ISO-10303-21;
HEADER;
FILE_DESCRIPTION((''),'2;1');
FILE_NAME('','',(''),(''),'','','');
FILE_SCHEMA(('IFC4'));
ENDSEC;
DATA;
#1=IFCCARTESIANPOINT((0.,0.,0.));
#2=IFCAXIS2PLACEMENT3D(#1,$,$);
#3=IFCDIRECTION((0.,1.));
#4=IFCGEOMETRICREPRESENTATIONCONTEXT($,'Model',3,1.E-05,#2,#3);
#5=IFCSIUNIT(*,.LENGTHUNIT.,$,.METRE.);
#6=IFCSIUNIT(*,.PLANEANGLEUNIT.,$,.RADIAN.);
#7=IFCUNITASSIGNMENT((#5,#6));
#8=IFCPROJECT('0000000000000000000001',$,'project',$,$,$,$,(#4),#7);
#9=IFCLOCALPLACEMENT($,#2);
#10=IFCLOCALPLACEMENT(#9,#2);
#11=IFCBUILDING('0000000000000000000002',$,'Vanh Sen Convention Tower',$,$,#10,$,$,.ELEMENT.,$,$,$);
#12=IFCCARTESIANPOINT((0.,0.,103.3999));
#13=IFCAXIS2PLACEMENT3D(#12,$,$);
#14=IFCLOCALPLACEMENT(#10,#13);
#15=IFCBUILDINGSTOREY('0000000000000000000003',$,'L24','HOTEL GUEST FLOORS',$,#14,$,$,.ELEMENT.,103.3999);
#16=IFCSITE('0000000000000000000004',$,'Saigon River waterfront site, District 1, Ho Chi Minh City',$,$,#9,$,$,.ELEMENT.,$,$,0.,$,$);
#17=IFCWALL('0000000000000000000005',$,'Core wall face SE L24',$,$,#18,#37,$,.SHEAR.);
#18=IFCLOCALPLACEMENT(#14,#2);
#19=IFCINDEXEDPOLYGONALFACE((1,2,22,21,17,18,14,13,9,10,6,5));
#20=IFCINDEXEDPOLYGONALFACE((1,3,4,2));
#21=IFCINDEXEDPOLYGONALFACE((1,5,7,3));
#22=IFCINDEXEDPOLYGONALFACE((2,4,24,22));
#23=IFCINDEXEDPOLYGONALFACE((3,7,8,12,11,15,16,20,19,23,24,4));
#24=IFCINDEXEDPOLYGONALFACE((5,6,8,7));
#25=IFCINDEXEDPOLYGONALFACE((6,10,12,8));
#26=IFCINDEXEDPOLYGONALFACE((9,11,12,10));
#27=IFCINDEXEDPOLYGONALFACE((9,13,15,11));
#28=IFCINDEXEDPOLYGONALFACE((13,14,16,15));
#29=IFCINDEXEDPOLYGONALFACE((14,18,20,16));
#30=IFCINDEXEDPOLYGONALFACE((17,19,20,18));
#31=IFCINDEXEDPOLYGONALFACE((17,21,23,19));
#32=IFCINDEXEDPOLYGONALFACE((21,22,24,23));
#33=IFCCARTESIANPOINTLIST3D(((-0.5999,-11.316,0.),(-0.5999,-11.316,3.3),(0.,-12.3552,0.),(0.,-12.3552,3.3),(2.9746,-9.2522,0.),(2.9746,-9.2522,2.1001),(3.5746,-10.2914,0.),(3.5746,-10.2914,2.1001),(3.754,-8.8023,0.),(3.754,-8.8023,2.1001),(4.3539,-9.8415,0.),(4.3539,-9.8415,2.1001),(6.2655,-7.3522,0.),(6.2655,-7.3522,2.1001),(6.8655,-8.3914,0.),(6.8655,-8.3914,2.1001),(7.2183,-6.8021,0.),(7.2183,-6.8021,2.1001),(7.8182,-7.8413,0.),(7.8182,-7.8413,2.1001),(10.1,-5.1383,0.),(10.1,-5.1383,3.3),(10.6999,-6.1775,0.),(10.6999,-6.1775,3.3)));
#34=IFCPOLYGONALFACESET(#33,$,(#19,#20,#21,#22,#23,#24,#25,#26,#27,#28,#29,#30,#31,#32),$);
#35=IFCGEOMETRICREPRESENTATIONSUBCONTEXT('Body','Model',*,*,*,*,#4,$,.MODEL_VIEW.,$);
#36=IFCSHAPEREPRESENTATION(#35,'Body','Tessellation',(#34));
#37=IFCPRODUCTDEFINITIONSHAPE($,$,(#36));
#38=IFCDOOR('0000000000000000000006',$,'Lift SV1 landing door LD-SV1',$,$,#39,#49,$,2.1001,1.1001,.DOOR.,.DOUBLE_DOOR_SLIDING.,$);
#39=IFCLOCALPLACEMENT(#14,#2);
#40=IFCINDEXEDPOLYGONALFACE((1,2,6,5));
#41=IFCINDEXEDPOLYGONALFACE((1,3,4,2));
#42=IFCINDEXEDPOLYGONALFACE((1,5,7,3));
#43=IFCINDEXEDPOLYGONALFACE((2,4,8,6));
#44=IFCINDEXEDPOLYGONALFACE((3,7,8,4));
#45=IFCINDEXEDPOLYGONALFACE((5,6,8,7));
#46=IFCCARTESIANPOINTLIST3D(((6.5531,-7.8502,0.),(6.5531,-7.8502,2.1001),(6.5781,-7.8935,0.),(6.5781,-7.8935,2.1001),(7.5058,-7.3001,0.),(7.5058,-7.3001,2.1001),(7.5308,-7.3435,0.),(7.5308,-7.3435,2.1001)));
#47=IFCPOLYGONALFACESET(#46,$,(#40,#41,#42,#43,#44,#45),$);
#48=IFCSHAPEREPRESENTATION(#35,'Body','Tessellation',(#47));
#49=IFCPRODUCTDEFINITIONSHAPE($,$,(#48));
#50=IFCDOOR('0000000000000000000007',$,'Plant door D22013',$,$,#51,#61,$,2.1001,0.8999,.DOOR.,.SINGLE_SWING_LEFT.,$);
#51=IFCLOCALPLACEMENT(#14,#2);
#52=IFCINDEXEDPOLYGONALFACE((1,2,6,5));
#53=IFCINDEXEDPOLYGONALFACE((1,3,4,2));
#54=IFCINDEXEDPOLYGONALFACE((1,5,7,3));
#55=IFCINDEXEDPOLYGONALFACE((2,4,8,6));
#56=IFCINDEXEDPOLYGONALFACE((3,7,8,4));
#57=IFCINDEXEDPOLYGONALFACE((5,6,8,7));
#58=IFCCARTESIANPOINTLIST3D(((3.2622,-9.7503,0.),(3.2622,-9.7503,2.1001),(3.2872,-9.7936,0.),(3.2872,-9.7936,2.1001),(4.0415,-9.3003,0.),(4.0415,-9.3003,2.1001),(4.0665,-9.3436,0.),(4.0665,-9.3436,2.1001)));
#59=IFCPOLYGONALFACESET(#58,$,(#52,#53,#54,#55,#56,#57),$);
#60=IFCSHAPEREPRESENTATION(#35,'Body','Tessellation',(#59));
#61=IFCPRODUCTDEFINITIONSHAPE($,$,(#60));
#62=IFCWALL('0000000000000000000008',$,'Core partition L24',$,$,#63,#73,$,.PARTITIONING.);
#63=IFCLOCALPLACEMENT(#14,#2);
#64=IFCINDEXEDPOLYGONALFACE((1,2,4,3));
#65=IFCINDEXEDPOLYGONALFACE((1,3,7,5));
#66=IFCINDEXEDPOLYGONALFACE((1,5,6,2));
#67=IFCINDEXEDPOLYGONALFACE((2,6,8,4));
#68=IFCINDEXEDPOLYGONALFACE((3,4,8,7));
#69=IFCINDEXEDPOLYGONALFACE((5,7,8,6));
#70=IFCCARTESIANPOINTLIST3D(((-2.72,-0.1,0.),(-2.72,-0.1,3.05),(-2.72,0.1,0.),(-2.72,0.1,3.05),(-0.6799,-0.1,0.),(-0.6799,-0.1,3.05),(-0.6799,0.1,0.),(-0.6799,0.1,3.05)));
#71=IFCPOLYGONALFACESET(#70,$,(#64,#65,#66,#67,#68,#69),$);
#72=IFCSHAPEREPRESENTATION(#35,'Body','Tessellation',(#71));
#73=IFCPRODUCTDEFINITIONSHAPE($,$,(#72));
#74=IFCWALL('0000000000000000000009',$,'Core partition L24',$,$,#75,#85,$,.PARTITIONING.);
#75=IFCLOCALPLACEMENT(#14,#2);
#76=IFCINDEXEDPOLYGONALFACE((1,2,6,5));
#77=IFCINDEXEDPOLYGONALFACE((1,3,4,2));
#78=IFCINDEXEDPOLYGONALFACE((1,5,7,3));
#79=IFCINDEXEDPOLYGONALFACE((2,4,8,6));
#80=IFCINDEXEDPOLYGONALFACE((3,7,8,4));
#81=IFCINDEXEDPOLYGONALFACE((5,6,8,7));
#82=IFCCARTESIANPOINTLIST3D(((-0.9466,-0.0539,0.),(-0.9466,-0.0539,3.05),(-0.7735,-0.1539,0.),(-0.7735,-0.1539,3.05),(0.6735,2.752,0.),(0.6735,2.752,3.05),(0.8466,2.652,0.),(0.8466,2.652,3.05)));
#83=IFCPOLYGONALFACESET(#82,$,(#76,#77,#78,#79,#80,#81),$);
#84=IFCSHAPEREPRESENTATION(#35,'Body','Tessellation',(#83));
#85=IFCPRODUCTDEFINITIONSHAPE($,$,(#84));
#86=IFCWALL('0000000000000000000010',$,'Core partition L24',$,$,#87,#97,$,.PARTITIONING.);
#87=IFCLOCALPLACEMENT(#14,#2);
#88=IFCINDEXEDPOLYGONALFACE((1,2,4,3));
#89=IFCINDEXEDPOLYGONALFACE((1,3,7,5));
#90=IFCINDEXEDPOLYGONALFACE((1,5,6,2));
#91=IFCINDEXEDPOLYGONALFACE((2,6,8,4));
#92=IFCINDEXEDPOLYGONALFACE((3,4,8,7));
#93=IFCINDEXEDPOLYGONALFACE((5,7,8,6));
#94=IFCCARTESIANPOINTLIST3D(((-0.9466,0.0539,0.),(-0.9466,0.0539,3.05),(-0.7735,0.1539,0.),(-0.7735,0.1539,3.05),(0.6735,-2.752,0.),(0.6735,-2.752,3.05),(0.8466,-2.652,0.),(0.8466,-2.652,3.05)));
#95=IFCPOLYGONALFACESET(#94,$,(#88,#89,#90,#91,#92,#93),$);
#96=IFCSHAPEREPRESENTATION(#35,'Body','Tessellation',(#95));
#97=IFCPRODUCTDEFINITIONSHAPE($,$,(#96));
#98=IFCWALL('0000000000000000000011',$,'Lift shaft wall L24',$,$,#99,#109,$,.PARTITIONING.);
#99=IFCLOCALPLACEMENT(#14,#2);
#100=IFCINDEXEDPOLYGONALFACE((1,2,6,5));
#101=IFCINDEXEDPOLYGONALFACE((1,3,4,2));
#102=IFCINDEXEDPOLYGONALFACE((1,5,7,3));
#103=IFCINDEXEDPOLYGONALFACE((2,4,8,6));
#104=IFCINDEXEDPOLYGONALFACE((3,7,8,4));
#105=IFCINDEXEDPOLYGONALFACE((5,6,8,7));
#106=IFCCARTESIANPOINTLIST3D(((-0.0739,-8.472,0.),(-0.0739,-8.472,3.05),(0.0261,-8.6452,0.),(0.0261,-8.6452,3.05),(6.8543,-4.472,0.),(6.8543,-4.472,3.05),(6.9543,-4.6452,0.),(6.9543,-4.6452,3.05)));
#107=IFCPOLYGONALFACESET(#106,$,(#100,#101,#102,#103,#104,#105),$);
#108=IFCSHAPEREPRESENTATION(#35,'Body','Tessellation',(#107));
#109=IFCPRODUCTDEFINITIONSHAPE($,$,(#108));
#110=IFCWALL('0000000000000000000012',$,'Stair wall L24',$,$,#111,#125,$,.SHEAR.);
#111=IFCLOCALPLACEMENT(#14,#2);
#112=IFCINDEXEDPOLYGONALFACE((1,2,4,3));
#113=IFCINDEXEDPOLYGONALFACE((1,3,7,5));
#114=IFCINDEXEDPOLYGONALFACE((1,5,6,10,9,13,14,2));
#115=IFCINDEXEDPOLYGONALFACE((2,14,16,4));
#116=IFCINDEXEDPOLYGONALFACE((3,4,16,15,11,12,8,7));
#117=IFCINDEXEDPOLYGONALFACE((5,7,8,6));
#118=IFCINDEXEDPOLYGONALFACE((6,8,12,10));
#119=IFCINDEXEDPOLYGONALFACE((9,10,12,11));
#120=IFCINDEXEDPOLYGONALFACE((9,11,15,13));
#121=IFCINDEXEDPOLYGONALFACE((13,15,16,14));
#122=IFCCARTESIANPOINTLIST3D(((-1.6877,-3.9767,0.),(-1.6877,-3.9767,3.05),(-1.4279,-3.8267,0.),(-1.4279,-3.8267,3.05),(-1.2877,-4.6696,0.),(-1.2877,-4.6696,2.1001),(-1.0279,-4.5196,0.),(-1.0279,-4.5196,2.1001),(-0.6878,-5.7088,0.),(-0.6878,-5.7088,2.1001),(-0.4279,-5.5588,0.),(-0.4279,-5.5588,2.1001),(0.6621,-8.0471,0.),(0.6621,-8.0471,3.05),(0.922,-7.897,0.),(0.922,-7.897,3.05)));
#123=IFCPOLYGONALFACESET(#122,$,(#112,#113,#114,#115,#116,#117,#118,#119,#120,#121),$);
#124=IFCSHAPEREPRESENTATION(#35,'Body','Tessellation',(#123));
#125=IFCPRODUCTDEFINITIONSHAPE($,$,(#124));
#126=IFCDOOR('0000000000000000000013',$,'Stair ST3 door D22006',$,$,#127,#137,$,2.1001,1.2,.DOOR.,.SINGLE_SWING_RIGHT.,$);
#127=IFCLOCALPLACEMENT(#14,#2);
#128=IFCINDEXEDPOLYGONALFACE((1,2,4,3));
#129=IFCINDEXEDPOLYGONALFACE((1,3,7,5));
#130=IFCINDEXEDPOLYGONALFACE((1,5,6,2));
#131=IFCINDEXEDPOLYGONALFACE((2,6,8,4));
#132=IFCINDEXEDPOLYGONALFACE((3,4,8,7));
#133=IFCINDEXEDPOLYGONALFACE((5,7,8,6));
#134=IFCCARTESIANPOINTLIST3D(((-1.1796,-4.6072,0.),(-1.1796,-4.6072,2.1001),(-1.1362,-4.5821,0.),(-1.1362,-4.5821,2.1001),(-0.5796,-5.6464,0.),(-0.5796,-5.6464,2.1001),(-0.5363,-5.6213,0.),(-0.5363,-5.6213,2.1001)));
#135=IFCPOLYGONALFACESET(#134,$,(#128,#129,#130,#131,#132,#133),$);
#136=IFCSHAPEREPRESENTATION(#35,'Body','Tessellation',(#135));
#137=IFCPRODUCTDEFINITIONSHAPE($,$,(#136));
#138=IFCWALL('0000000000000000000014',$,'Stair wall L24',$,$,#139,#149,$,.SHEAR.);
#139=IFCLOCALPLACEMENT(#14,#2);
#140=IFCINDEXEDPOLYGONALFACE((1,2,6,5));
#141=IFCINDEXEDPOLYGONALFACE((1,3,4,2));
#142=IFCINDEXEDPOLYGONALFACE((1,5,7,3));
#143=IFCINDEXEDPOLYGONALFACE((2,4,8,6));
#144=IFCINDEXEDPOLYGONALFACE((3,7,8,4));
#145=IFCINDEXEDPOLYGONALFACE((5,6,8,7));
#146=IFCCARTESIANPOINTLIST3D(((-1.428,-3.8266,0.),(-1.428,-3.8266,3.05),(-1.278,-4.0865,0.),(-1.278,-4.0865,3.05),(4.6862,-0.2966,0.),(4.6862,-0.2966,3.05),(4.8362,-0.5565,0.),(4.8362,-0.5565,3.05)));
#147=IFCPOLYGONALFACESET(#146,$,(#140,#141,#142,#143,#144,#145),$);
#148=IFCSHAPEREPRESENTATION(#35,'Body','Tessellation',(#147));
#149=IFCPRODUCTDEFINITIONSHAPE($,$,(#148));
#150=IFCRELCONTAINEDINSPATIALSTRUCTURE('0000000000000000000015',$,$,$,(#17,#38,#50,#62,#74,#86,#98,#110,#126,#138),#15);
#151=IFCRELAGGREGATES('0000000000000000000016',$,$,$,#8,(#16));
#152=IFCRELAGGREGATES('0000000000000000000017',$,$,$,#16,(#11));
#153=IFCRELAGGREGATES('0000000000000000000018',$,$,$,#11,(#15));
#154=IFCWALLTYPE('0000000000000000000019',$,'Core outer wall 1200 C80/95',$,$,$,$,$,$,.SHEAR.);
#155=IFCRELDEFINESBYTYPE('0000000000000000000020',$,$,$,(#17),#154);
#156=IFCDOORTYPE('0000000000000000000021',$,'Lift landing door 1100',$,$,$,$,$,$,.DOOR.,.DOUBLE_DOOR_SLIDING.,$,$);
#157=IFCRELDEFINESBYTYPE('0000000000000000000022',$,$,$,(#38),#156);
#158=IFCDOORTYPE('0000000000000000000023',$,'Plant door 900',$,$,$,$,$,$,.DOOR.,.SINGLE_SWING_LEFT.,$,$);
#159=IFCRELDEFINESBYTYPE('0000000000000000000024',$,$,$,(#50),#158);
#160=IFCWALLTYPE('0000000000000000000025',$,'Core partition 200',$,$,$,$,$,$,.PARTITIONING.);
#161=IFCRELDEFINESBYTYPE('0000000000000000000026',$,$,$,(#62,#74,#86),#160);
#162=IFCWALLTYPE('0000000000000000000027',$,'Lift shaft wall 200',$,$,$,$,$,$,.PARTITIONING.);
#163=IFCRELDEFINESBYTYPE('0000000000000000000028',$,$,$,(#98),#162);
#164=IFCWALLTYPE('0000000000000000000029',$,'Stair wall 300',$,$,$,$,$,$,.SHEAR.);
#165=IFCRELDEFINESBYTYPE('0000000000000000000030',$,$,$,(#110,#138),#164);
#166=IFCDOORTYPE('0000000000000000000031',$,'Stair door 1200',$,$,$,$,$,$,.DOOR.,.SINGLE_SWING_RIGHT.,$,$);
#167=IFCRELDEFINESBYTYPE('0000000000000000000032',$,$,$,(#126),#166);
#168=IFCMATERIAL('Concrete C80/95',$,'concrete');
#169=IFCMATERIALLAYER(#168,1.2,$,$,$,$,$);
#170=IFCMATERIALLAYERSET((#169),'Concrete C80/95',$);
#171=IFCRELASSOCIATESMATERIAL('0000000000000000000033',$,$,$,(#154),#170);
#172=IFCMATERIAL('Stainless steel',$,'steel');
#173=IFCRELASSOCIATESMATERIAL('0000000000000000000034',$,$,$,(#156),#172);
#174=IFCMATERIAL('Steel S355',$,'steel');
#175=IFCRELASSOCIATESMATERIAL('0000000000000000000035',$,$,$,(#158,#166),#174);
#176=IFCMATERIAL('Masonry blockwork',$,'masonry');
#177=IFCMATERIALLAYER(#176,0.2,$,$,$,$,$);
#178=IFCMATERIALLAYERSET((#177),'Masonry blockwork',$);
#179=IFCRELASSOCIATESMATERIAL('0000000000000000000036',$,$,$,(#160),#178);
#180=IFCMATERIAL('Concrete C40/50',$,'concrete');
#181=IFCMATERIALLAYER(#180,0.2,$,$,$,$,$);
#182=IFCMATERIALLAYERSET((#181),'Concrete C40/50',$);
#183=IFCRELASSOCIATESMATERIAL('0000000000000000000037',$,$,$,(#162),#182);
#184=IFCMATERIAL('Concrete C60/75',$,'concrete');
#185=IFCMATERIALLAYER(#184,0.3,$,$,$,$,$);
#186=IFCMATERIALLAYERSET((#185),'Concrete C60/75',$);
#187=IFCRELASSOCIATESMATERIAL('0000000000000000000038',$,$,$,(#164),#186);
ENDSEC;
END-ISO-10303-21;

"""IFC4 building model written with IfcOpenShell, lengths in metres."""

from ifc_helpers import new_model, si_unit, direction, frame, frame_2d, origin, place, context, subcontext, project, spatial, rectangle, extrude, material, layer, layer_set, type_object, element, fill, save


model = new_model("IFC4")

# Units and contexts
model_context = context("Model", 3, precision=1e-05, world=origin(), true_north=direction((0.0, 1.0)))
body_context = subcontext(model_context, "Body", "Model", "MODEL_VIEW")
ifc_project = project(units=[si_unit("LENGTHUNIT", "METRE"), si_unit("PLANEANGLEUNIT", "RADIAN")], contexts=[model_context])

# Site, building, storey
site_placement = place(None, origin())
site = spatial("IfcSite", under=ifc_project, at=site_placement, Name="Saigon River waterfront site, District 1, Ho Chi Minh City", CompositionType="ELEMENT", RefElevation=0.0)
building_placement = place(site_placement, origin())
building = spatial("IfcBuilding", under=site, at=building_placement, Name="Vanh Sen Convention Tower", CompositionType="ELEMENT")
storey_placement = place(building_placement, frame((0.0, 0.0, 103.3999)))
storey = spatial("IfcBuildingStorey", under=building, at=storey_placement, Name="L24", Description="HOTEL GUEST FLOORS", CompositionType="ELEMENT", Elevation=103.3999)

# Shared definitions
ifc_material_1 = material(Name="Concrete C40/50", Category="concrete")

# Wall, openings, doors
ifc_material_2 = material(Name="Concrete C80/95", Category="concrete")
ifc_layer_1 = layer(ifc_material_2, 1.2)
ifc_layer_set_1 = layer_set([ifc_layer_1], Name="Concrete C80/95")
wall_type_1 = type_object("IfcWallType", Name="Core outer wall 1200 C80/95", PredefinedType="SHEAR", material=ifc_layer_set_1)
wall_1_placement = place(storey_placement, frame((-0.3, -11.8357, 0.0), z_axis=(0.0, 0.0, 1.0), x_axis=(0.866021, 0.500007, 0.0)))
wall_1 = element("IfcWall", 1, at=wall_1_placement, inside=storey, type_object=wall_type_1, Name="Core wall face SE L24", PredefinedType="SHEAR", context=body_context, shape_type="SweptSolid", body=[
    extrude(rectangle(XDim=12.3552, YDim=1.2, at=frame_2d((6.1777, 0.0))), origin(), (0.0, 0.0, 1.0), 3.3),
])
opening_1_placement = place(wall_1_placement, frame((4.1277, 0.0, 0.0)))
opening_1 = element("IfcOpeningElement", 2, at=opening_1_placement, cuts=wall_1, PredefinedType="OPENING", context=body_context, shape_type="SweptSolid", body=[
    extrude(rectangle(XDim=0.8999, YDim=2.1001, at=frame_2d((0.45, 1.05))), frame((0.0, 0.6099, 0.0), z_axis=(0.0, -1.0, 0.0), x_axis=(1.0, 0.0, 0.0)), (0.0, 0.0, 1.0), 1.22),
])
opening_2_placement = place(wall_1_placement, frame((7.9277, 0.0, 0.0)))
opening_2 = element("IfcOpeningElement", 3, at=opening_2_placement, cuts=wall_1, PredefinedType="OPENING", context=body_context, shape_type="SweptSolid", body=[
    extrude(rectangle(XDim=1.1001, YDim=2.1001, at=frame_2d((0.55, 1.05))), frame((0.0, 0.6099, 0.0), z_axis=(0.0, -1.0, 0.0), x_axis=(1.0, 0.0, 0.0)), (0.0, 0.0, 1.0), 1.22),
])
ifc_material_3 = material(Name="Stainless steel", Category="steel")
door_type_1 = type_object("IfcDoorType", Name="Lift landing door 1100", OperationType="DOUBLE_DOOR_SLIDING", PredefinedType="DOOR", material=ifc_material_3)
door_1_placement = place(opening_2_placement, origin())
door_1 = element("IfcDoor", 4, at=door_1_placement, inside=storey, type_object=door_type_1, Name="Lift SV1 landing door LD-SV1", OperationType="DOUBLE_DOOR_SLIDING", OverallHeight=2.1001, OverallWidth=1.1001, PredefinedType="DOOR", context=body_context, shape_type="SweptSolid", body=[
    extrude(rectangle(XDim=1.1001, YDim=2.1001, at=frame_2d((0.55, 1.05))), frame((0.0, 0.0249, 0.0), z_axis=(0.0, -1.0, 0.0), x_axis=(1.0, 0.0, 0.0)), (0.0, 0.0, 1.0), 0.05),
])
fill(opening_2, door_1)
ifc_material_4 = material(Name="Steel S355", Category="steel")
door_type_2 = type_object("IfcDoorType", Name="Plant door 900", OperationType="SINGLE_SWING_LEFT", PredefinedType="DOOR", material=ifc_material_4)
door_2_placement = place(opening_1_placement, origin())
door_2 = element("IfcDoor", 5, at=door_2_placement, inside=storey, type_object=door_type_2, Name="Plant door D22013", OperationType="SINGLE_SWING_LEFT", OverallHeight=2.1001, OverallWidth=0.8999, PredefinedType="DOOR", context=body_context, shape_type="SweptSolid", body=[
    extrude(rectangle(XDim=0.8999, YDim=2.1001, at=frame_2d((0.45, 1.05))), frame((0.0, 0.0249, 0.0), z_axis=(0.0, -1.0, 0.0), x_axis=(1.0, 0.0, 0.0)), (0.0, 0.0, 1.0), 0.05),
])
fill(opening_1, door_2)

# Walls
ifc_material_5 = material(Name="Masonry blockwork", Category="masonry")
ifc_layer_2 = layer(ifc_material_5, 0.2)
ifc_layer_set_2 = layer_set([ifc_layer_2], Name="Masonry blockwork")
wall_type_2 = type_object("IfcWallType", Name="Core partition 200", PredefinedType="PARTITIONING", material=ifc_layer_set_2)
wall_2_placement = place(storey_placement, frame((-0.6799, 0.0, 0.0), z_axis=(0.0, 0.0, 1.0), x_axis=(-1.0, 0.0, 0.0)))
element("IfcWall", 6, at=wall_2_placement, inside=storey, type_object=wall_type_2, Name="Core partition L24", PredefinedType="PARTITIONING", context=body_context, shape_type="SweptSolid", body=[
    extrude(rectangle(XDim=2.04, YDim=0.2, at=frame_2d((1.02, 0.0))), origin(), (0.0, 0.0, 1.0), 3.05),
])
for number, where, z_axis, x_axis, name in (
    (7, (-0.8601, -0.104, 0.0), (0.0, 0.0, 1.0), (0.500029, 0.866009, 0.0), "Core partition L24"),
    (8, (-0.8601, 0.104, 0.0), (0.0, 0.0, 1.0), (0.500029, -0.866009, 0.0), "Core partition L24"),
):
    element("IfcWall", number, at=place(storey_placement, frame(where, z_axis=z_axis, x_axis=x_axis)), inside=storey, type_object=wall_type_2, Name=name, PredefinedType="PARTITIONING", context=body_context, shape_type="SweptSolid", body=[
        extrude(rectangle(XDim=3.24, YDim=0.2, at=frame_2d((1.6201, 0.0))), origin(), (0.0, 0.0, 1.0), 3.05),
    ])
ifc_layer_3 = layer(ifc_material_1, 0.2)
ifc_layer_set_3 = layer_set([ifc_layer_3], Name="Concrete C40/50")
wall_type_3 = type_object("IfcWallType", Name="Lift shaft wall 200", PredefinedType="PARTITIONING", material=ifc_layer_set_3)
wall_3_placement = place(storey_placement, frame((-0.0239, -8.5586, 0.0), z_axis=(0.0, 0.0, 1.0), x_axis=(0.866026, 0.499999, 0.0)))
element("IfcWall", 9, at=wall_3_placement, inside=storey, type_object=wall_type_3, Name="Lift shaft wall L24", PredefinedType="PARTITIONING", context=body_context, shape_type="SweptSolid", body=[
    extrude(rectangle(XDim=8.0, YDim=0.2, at=frame_2d((4.0, 0.0))), origin(), (0.0, 0.0, 1.0), 3.05),
])

# Wall, opening, door
ifc_material_6 = material(Name="Concrete C60/75", Category="concrete")
ifc_layer_4 = layer(ifc_material_6, 0.3)
ifc_layer_set_4 = layer_set([ifc_layer_4], Name="Concrete C60/75")
wall_type_4 = type_object("IfcWallType", Name="Stair wall 300", PredefinedType="SHEAR", material=ifc_layer_set_4)
wall_4_placement = place(storey_placement, frame((-1.5579, -3.9016, 0.0), z_axis=(0.0, 0.0, 1.0), x_axis=(0.499977, -0.866039, 0.0)))
wall_4 = element("IfcWall", 10, at=wall_4_placement, inside=storey, type_object=wall_type_4, Name="Stair wall L24", PredefinedType="SHEAR", context=body_context, shape_type="SweptSolid", body=[
    extrude(rectangle(XDim=4.7, YDim=0.3, at=frame_2d((2.3501, 0.0))), origin(), (0.0, 0.0, 1.0), 3.05),
])
opening_3_placement = place(wall_4_placement, frame((0.8, 0.0, 0.0)))
opening_3 = element("IfcOpeningElement", 11, at=opening_3_placement, cuts=wall_4, PredefinedType="OPENING", context=body_context, shape_type="SweptSolid", body=[
    extrude(rectangle(XDim=1.2, YDim=2.1001, at=frame_2d((0.6001, 1.05))), frame((0.0, 0.1599, 0.0), z_axis=(0.0, -1.0, 0.0), x_axis=(1.0, 0.0, 0.0)), (0.0, 0.0, 1.0), 0.3201),
])
door_type_3 = type_object("IfcDoorType", Name="Stair door 1200", OperationType="SINGLE_SWING_RIGHT", PredefinedType="DOOR", material=ifc_material_4)
door_3_placement = place(opening_3_placement, origin())
door_3 = element("IfcDoor", 12, at=door_3_placement, inside=storey, type_object=door_type_3, Name="Stair ST3 door D22006", OperationType="SINGLE_SWING_RIGHT", OverallHeight=2.1001, OverallWidth=1.2, PredefinedType="DOOR", context=body_context, shape_type="SweptSolid", body=[
    extrude(rectangle(XDim=1.2, YDim=2.1001, at=frame_2d((0.6001, 1.05))), frame((0.0, 0.0249, 0.0), z_axis=(0.0, -1.0, 0.0), x_axis=(1.0, 0.0, 0.0)), (0.0, 0.0, 1.0), 0.05),
])
fill(opening_3, door_3)

# Wall
wall_5_placement = place(storey_placement, frame((-1.353, -3.9565, 0.0), z_axis=(0.0, 0.0, 1.0), x_axis=(0.866028, 0.499996, 0.0)))
element("IfcWall", 13, at=wall_5_placement, inside=storey, type_object=wall_type_4, Name="Stair wall L24", PredefinedType="SHEAR", context=body_context, shape_type="SweptSolid", body=[
    extrude(rectangle(XDim=7.0601, YDim=0.3, at=frame_2d((3.53, 0.0))), origin(), (0.0, 0.0, 1.0), 3.05),
])

save(model, "model.ifc")
